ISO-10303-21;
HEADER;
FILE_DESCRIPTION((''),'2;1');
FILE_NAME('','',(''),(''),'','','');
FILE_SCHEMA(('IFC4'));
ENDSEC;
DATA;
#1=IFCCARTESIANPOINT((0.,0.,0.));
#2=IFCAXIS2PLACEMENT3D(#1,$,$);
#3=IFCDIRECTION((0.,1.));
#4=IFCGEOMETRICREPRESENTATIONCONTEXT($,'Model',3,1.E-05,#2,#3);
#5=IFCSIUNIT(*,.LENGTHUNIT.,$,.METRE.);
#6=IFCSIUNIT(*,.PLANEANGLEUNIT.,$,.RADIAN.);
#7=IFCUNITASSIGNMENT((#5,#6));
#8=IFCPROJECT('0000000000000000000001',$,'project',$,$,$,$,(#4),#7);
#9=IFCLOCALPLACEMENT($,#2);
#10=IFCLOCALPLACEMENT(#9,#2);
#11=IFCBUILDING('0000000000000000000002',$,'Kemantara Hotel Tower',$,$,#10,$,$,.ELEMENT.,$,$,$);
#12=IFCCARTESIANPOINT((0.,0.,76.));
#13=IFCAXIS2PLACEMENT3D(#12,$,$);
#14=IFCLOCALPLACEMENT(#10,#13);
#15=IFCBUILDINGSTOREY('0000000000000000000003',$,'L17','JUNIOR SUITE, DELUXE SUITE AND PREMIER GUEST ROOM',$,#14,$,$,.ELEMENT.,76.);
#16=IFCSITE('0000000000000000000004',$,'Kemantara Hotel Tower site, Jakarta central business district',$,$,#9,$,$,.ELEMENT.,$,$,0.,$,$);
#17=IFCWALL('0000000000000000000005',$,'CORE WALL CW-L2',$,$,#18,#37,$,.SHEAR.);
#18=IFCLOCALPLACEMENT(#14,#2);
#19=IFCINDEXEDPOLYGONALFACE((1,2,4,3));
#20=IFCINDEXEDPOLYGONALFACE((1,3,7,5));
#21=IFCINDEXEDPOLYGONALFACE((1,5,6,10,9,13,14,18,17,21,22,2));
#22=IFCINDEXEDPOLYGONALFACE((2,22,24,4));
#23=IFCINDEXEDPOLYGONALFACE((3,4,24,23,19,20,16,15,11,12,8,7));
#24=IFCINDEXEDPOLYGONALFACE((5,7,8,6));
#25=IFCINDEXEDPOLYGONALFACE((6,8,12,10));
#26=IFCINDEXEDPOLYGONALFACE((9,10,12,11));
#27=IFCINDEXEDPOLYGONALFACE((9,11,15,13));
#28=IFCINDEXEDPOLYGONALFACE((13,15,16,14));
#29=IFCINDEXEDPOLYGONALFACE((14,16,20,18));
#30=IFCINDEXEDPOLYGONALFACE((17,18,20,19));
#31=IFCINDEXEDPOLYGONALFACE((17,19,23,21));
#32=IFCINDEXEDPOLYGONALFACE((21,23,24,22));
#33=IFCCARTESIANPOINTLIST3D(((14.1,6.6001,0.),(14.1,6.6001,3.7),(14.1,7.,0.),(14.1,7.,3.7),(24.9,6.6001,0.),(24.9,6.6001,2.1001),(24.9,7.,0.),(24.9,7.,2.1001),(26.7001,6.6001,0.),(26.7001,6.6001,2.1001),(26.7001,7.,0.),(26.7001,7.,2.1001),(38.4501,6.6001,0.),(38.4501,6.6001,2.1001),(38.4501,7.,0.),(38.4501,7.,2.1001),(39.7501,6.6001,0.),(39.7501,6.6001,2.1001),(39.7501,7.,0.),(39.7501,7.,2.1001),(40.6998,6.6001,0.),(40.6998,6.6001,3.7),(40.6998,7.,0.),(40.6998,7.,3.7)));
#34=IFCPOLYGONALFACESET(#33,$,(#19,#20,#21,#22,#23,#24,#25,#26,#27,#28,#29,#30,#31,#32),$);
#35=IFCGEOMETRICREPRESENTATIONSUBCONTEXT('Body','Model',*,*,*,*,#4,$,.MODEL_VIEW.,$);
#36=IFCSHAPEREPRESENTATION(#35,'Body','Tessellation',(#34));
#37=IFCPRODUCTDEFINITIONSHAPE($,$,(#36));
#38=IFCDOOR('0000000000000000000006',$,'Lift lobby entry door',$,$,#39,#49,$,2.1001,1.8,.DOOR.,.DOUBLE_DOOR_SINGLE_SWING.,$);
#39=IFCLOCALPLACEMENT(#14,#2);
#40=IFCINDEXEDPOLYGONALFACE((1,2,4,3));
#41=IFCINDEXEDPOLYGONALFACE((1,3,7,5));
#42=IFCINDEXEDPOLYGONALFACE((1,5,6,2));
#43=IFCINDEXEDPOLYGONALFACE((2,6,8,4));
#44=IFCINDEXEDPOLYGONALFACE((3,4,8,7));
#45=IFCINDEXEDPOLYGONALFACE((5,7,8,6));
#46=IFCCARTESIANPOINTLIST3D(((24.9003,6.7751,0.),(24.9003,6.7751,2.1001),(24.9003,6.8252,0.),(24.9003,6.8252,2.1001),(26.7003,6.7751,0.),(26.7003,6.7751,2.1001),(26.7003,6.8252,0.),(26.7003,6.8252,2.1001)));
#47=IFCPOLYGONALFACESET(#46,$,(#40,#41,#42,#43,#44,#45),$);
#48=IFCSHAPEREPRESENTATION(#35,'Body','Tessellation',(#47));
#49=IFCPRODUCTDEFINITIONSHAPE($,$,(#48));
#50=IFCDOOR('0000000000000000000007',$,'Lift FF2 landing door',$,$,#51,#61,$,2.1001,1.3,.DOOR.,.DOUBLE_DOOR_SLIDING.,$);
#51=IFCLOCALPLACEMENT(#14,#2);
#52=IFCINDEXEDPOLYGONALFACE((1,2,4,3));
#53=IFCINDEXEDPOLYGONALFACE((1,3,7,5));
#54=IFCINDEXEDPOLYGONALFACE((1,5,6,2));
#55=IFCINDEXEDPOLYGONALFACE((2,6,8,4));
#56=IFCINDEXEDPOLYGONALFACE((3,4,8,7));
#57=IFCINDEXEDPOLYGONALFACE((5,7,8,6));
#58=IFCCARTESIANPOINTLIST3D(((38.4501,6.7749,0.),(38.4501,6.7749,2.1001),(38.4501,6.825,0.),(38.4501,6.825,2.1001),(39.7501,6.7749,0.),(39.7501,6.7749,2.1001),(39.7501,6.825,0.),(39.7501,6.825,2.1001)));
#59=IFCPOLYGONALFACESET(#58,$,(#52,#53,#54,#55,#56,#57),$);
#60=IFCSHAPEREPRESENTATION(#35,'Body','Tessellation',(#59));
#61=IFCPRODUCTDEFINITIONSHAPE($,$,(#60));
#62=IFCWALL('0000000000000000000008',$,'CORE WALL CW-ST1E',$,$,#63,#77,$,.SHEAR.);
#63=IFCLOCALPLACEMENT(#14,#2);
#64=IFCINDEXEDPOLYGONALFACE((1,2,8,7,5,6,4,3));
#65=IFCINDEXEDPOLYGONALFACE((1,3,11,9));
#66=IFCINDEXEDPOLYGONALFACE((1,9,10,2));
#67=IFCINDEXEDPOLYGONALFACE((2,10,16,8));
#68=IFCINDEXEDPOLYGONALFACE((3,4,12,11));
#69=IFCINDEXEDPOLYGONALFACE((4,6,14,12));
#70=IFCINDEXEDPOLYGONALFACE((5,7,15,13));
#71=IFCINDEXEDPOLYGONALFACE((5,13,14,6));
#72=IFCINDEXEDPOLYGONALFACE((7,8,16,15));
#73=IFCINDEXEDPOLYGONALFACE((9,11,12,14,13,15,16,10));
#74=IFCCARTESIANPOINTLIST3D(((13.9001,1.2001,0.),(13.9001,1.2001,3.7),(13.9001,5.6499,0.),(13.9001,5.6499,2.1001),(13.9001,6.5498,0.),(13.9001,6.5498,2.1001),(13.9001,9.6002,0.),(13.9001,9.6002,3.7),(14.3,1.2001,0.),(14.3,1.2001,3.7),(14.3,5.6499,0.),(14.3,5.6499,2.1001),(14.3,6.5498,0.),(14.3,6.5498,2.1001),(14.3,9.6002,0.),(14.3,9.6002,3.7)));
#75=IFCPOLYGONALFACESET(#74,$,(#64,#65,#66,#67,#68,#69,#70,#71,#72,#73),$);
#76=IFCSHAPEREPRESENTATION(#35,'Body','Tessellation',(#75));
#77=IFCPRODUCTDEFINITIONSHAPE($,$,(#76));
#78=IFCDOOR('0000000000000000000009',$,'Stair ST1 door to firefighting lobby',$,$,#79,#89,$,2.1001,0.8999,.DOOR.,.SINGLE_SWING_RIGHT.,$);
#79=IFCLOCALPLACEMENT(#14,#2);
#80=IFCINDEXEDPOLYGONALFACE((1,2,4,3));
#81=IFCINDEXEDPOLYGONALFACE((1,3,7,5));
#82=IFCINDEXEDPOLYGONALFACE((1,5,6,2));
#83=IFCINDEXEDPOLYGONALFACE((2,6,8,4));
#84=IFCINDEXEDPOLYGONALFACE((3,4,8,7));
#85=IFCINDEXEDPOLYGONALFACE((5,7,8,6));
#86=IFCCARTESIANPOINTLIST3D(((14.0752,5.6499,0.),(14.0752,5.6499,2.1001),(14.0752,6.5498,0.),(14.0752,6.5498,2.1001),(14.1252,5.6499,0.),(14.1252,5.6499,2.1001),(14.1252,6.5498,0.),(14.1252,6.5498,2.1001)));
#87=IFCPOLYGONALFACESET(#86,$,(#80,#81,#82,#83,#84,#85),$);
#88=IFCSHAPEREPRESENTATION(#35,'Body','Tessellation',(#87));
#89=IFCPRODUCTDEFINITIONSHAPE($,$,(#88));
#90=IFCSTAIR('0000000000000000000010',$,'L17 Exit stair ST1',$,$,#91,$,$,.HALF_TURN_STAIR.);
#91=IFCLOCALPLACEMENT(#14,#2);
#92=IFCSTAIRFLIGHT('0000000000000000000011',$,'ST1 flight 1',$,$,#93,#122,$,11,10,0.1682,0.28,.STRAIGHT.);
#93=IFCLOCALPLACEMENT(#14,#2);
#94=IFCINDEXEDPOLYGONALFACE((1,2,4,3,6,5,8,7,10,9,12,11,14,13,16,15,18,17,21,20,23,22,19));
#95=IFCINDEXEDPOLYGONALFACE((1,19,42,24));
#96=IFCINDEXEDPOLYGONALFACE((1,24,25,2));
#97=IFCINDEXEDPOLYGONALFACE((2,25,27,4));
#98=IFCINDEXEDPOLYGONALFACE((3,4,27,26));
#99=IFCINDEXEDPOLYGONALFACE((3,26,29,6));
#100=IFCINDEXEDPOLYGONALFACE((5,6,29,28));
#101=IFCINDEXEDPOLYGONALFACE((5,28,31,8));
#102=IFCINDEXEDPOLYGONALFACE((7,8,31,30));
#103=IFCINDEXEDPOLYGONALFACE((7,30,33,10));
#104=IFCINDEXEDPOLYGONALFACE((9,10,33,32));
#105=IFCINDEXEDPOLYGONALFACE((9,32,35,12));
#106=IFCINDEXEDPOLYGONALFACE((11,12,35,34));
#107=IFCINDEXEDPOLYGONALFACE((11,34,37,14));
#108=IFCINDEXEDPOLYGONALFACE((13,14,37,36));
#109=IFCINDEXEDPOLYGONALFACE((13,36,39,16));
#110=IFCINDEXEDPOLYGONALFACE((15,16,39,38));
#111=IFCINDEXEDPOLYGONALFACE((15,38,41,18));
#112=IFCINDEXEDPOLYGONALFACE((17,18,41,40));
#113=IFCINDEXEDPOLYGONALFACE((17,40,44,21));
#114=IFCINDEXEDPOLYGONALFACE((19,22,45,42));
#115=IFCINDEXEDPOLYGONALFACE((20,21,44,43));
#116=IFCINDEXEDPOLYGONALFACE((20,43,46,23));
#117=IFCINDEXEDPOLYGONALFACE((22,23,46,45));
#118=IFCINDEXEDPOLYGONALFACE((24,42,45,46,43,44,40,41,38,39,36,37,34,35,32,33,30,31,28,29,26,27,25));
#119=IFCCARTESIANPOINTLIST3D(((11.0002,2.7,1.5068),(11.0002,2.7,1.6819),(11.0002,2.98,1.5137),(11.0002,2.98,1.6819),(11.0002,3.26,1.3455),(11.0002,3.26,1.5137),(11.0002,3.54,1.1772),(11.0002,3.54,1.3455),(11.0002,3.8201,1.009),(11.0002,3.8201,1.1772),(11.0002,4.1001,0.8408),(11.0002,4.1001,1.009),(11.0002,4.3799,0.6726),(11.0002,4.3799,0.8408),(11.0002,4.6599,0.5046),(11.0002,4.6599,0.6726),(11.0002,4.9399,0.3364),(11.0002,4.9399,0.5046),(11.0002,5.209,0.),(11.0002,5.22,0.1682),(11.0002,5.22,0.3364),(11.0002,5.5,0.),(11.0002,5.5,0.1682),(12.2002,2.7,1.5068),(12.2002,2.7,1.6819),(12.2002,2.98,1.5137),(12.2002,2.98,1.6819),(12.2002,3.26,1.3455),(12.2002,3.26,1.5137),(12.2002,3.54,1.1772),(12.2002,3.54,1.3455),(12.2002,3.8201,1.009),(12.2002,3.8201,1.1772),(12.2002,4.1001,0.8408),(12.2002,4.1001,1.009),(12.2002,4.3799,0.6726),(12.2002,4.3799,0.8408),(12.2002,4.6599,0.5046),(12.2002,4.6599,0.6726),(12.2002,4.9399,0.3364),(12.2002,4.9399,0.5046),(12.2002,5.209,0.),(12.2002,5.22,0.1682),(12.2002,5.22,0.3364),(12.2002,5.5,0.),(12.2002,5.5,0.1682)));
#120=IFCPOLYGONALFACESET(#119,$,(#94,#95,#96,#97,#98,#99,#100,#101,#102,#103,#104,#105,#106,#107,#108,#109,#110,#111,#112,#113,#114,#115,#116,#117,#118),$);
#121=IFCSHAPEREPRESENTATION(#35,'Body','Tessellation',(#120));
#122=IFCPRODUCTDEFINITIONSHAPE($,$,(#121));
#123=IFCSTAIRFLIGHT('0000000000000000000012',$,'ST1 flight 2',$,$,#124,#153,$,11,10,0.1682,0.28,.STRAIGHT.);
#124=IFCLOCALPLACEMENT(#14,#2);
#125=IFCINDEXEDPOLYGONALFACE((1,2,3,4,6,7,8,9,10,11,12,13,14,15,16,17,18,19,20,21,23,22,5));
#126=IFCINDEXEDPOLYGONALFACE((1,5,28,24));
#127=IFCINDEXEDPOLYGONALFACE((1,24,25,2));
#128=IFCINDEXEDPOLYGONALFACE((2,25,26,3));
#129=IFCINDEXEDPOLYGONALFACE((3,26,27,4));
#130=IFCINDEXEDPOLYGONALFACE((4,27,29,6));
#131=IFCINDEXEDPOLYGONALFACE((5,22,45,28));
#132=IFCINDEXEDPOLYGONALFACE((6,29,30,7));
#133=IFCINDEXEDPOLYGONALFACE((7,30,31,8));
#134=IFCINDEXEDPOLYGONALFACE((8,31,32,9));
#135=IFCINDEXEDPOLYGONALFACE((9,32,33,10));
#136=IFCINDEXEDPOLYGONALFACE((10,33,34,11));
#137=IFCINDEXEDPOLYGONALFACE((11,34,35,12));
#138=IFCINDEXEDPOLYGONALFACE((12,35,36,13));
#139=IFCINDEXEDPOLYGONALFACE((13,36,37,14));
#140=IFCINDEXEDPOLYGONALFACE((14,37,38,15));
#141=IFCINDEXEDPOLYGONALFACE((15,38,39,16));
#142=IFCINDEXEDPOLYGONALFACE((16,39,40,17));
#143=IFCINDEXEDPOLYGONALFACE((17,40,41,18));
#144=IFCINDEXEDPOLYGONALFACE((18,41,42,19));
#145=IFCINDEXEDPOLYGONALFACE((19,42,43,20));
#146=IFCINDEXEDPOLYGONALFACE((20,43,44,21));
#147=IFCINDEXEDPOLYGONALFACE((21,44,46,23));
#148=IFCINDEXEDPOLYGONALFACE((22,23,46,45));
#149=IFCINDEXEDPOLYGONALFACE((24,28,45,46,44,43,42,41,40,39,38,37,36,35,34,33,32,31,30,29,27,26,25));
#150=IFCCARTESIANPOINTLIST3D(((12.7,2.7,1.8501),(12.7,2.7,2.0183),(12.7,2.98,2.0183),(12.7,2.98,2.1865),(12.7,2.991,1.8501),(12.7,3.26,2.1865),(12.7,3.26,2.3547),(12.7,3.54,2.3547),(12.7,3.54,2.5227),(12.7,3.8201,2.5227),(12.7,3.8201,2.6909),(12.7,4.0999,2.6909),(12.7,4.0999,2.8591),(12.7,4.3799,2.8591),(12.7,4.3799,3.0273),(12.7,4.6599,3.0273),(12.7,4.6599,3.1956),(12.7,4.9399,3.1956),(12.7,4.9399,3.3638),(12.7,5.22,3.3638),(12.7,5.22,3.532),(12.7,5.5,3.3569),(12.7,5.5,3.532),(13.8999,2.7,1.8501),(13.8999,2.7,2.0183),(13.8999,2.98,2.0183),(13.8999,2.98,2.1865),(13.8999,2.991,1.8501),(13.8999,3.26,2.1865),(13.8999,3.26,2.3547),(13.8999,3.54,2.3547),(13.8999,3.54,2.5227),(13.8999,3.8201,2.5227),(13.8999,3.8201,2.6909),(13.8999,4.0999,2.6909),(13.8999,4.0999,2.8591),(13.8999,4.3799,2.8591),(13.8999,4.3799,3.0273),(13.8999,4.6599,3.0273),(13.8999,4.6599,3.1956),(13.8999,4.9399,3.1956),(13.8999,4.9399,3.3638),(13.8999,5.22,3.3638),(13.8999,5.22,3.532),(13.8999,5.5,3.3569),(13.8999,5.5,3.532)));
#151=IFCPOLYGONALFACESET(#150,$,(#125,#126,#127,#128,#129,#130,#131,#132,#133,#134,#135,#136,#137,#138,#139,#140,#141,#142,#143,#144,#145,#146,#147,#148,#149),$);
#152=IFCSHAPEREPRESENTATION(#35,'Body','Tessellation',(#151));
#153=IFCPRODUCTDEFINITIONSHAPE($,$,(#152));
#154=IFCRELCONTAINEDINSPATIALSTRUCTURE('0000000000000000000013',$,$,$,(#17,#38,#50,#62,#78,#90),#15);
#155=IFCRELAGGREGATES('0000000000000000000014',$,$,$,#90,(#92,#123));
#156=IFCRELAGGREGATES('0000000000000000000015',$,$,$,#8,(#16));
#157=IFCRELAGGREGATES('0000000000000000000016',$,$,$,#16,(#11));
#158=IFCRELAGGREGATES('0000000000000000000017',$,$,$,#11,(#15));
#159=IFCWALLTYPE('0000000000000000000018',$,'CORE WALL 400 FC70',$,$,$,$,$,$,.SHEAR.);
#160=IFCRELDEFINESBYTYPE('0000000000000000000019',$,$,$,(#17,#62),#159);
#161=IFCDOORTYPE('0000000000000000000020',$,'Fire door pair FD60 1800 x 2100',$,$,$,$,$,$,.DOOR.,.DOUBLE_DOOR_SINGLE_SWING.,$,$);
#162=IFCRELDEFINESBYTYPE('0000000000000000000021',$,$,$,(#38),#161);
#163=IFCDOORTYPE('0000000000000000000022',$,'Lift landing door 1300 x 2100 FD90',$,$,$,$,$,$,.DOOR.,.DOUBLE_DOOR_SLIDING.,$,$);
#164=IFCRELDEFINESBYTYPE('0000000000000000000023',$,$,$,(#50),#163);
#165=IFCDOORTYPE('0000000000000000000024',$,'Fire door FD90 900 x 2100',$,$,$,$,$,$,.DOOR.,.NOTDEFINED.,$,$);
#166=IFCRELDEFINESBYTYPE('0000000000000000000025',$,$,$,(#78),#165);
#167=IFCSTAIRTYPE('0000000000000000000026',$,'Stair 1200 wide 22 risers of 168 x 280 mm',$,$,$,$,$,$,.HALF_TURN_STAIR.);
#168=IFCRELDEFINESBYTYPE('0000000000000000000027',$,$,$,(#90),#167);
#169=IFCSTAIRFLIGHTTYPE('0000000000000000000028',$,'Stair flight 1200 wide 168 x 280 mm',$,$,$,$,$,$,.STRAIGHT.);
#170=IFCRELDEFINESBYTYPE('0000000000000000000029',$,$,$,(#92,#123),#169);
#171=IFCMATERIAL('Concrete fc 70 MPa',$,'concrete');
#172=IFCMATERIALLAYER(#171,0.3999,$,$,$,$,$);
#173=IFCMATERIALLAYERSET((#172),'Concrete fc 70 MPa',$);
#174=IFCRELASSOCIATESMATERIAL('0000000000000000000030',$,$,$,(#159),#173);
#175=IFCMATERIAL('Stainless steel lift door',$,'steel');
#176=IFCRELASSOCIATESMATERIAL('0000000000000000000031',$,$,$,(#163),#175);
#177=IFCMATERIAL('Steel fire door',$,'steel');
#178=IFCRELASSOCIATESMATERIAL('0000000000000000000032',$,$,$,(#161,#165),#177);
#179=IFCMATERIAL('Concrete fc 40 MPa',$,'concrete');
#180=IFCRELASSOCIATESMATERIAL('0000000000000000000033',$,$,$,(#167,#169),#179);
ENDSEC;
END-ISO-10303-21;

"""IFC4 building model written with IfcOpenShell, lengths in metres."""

from ifc_helpers import new_model, si_unit, direction, frame, frame_2d, origin, place, context, subcontext, project, spatial, polyline, rectangle, outline, extrude, material, layer, layer_set, type_object, element, fill, aggregate, save


model = new_model("IFC4")

# Units and contexts
model_context = context("Model", 3, precision=1e-05, world=origin(), true_north=direction((0.0, 1.0)))
body_context = subcontext(model_context, "Body", "Model", "MODEL_VIEW")
ifc_project = project(units=[si_unit("LENGTHUNIT", "METRE"), si_unit("PLANEANGLEUNIT", "RADIAN")], contexts=[model_context])

# Site, building, storey
site_placement = place(None, origin())
site = spatial("IfcSite", under=ifc_project, at=site_placement, Name="Kemantara Hotel Tower site, Jakarta central business district", CompositionType="ELEMENT", RefElevation=0.0)
building_placement = place(site_placement, origin())
building = spatial("IfcBuilding", under=site, at=building_placement, Name="Kemantara Hotel Tower", CompositionType="ELEMENT")
storey_placement = place(building_placement, frame((0.0, 0.0, 76.0)))
storey = spatial("IfcBuildingStorey", under=building, at=storey_placement, Name="L17", Description="JUNIOR SUITE, DELUXE SUITE AND PREMIER GUEST ROOM", CompositionType="ELEMENT", Elevation=76.0)

# Shared definitions
ifc_material_1 = material(Name="Concrete fc 70 MPa", Category="concrete")

# Wall, openings, doors
ifc_layer_1 = layer(ifc_material_1, 0.3999)
ifc_layer_set_1 = layer_set([ifc_layer_1], Name="Concrete fc 70 MPa")
wall_type_1 = type_object("IfcWallType", Name="CORE WALL 400 FC70", PredefinedType="SHEAR", material=ifc_layer_set_1)
ifc_material_2 = material(Name="Steel fire door", Category="steel")
ifc_material_3 = material(Name="Stainless steel lift door", Category="steel")
door_type_1 = type_object("IfcDoorType", Name="Lift landing door 1300 x 2100 FD90", OperationType="DOUBLE_DOOR_SLIDING", PredefinedType="DOOR", material=ifc_material_3)
wall_1_placement = place(storey_placement, frame((14.1001, 6.8, 0.0), z_axis=(0.0, 0.0, 1.0), x_axis=(1.0, 0.0, 0.0)))
wall_1 = element("IfcWall", 1, at=wall_1_placement, inside=storey, type_object=wall_type_1, Name="CORE WALL CW-L2", PredefinedType="SHEAR", context=body_context, shape_type="SweptSolid", body=[
    extrude(rectangle(XDim=26.5999, YDim=0.3999, at=frame_2d((13.2998, 0.0))), origin(), (0.0, 0.0, 1.0), 3.7),
])
opening_1_placement = place(wall_1_placement, frame((10.8, 0.0, 0.0)))
opening_1 = element("IfcOpeningElement", 2, at=opening_1_placement, cuts=wall_1, PredefinedType="OPENING", context=body_context, shape_type="SweptSolid", body=[
    extrude(rectangle(XDim=1.8, YDim=2.1001, at=frame_2d((0.8999, 1.05))), frame((0.0, 0.21, 0.0), z_axis=(0.0, -1.0, 0.0), x_axis=(1.0, 0.0, 0.0)), (0.0, 0.0, 1.0), 0.4199),
])
opening_2_placement = place(wall_1_placement, frame((24.3501, 0.0, 0.0)))
opening_2 = element("IfcOpeningElement", 3, at=opening_2_placement, cuts=wall_1, PredefinedType="OPENING", context=body_context, shape_type="SweptSolid", body=[
    extrude(rectangle(XDim=1.3, YDim=2.1001, at=frame_2d((0.6499, 1.05))), frame((0.0, 0.21, 0.0), z_axis=(0.0, -1.0, 0.0), x_axis=(1.0, 0.0, 0.0)), (0.0, 0.0, 1.0), 0.4199),
])
door_type_2 = type_object("IfcDoorType", Name="Fire door pair FD60 1800 x 2100", OperationType="DOUBLE_DOOR_SINGLE_SWING", PredefinedType="DOOR", material=ifc_material_2)
door_1_placement = place(opening_1_placement, frame((1.8, 0.0, 0.0), z_axis=(0.0, 0.0, 1.0), x_axis=(-1.0, 0.0, 0.0)))
door_1 = element("IfcDoor", 4, at=door_1_placement, inside=storey, type_object=door_type_2, Name="Lift lobby entry door", OperationType="DOUBLE_DOOR_SINGLE_SWING", OverallHeight=2.1001, OverallWidth=1.8, PredefinedType="DOOR", context=body_context, shape_type="SweptSolid", body=[
    extrude(rectangle(XDim=1.8, YDim=2.1001, at=frame_2d((0.8999, 1.05))), frame((0.0, 0.0249, 0.0), z_axis=(0.0, -1.0, 0.0), x_axis=(1.0, 0.0, 0.0)), (0.0, 0.0, 1.0), 0.05),
])
fill(opening_1, door_1)
door_2_placement = place(opening_2_placement, origin())
door_2 = element("IfcDoor", 5, at=door_2_placement, inside=storey, type_object=door_type_1, Name="Lift FF2 landing door", OperationType="DOUBLE_DOOR_SLIDING", OverallHeight=2.1001, OverallWidth=1.3, PredefinedType="DOOR", context=body_context, shape_type="SweptSolid", body=[
    extrude(rectangle(XDim=1.3, YDim=2.1001, at=frame_2d((0.6499, 1.05))), frame((0.0, 0.0249, 0.0), z_axis=(0.0, -1.0, 0.0), x_axis=(1.0, 0.0, 0.0)), (0.0, 0.0, 1.0), 0.05),
])
fill(opening_2, door_2)

# Wall, opening, door
wall_2_placement = place(storey_placement, frame((14.1001, 1.2, 0.0), z_axis=(0.0, 0.0, 1.0), x_axis=(0.0, 1.0, 0.0)))
wall_2 = element("IfcWall", 6, at=wall_2_placement, inside=storey, type_object=wall_type_1, Name="CORE WALL CW-ST1E", PredefinedType="SHEAR", context=body_context, shape_type="SweptSolid", body=[
    extrude(rectangle(XDim=8.4001, YDim=0.3999, at=frame_2d((4.2002, 0.0))), origin(), (0.0, 0.0, 1.0), 3.7),
])
opening_3_placement = place(wall_2_placement, frame((4.45, 0.0, 0.0)))
opening_3 = element("IfcOpeningElement", 7, at=opening_3_placement, cuts=wall_2, PredefinedType="OPENING", context=body_context, shape_type="SweptSolid", body=[
    extrude(rectangle(XDim=0.8999, YDim=2.1001, at=frame_2d((0.45, 1.05))), frame((0.0, 0.21, 0.0), z_axis=(0.0, -1.0, 0.0), x_axis=(1.0, 0.0, 0.0)), (0.0, 0.0, 1.0), 0.4199),
])
door_type_3 = type_object("IfcDoorType", Name="Fire door FD90 900 x 2100", OperationType="NOTDEFINED", PredefinedType="DOOR", material=ifc_material_2)
door_3_placement = place(opening_3_placement, origin())
door_3 = element("IfcDoor", 8, at=door_3_placement, inside=storey, type_object=door_type_3, Name="Stair ST1 door to firefighting lobby", OperationType="SINGLE_SWING_RIGHT", OverallHeight=2.1001, OverallWidth=0.8999, PredefinedType="DOOR", context=body_context, shape_type="SweptSolid", body=[
    extrude(rectangle(XDim=0.8999, YDim=2.1001, at=frame_2d((0.45, 1.05))), frame((0.0, 0.0249, 0.0), z_axis=(0.0, -1.0, 0.0), x_axis=(1.0, 0.0, 0.0)), (0.0, 0.0, 1.0), 0.05),
])
fill(opening_3, door_3)

# Stair, stair flights
ifc_material_4 = material(Name="Concrete fc 40 MPa", Category="concrete")
stair_type = type_object("IfcStairType", Name="Stair 1200 wide 22 risers of 168 x 280 mm", PredefinedType="HALF_TURN_STAIR", material=ifc_material_4)
stair_placement = place(storey_placement, origin())
stair = element("IfcStair", 9, at=stair_placement, inside=storey, type_object=stair_type, Name="L17 Exit stair ST1", PredefinedType="HALF_TURN_STAIR")
stair_flight_type = type_object("IfcStairFlightType", Name="Stair flight 1200 wide 168 x 280 mm", PredefinedType="STRAIGHT", material=ifc_material_4)
stair_flight_1_placement = place(storey_placement, frame((11.6001, 5.5, 0.0), z_axis=(0.0, 0.0, 1.0), x_axis=(0.0, -1.0, 0.0)))
stair_flight_1 = element("IfcStairFlight", 10, at=stair_flight_1_placement, type_object=stair_flight_type, Name="ST1 flight 1", NumberOfRisers=11, NumberOfTreads=10, PredefinedType="STRAIGHT", RiserHeight=0.1682, TreadLength=0.28, context=body_context, shape_type="SweptSolid", body=[
    extrude(outline(polyline([(0.0, 0.0), (0.0, 0.1682), (0.28, 0.1682), (0.28, 0.3364), (0.5601, 0.3364), (0.5601, 0.5046), (0.8401, 0.5046), (0.8401, 0.6726), (1.1201, 0.6726), (1.1201, 0.8408), (1.3999, 0.8408), (1.3999, 1.009), (1.6799, 1.009), (1.6799, 1.1772), (1.96, 1.1772), (1.96, 1.3455), (2.24, 1.3455), (2.24, 1.5137), (2.52, 1.5137), (2.52, 1.6819), (2.8, 1.6819), (2.8, 1.8501), (2.8, 1.5068), (0.291, 0.0), (0.0, 0.0)])), frame((0.0, 0.6001, 0.0), z_axis=(0.0, -1.0, 0.0), x_axis=(1.0, 0.0, 0.0)), (0.0, 0.0, 1.0), 1.2),
])
stair_flight_2_placement = place(storey_placement, frame((13.3, 2.7, 1.8501), z_axis=(0.0, 0.0, 1.0), x_axis=(0.0, 1.0, 0.0)))
stair_flight_2 = element("IfcStairFlight", 11, at=stair_flight_2_placement, type_object=stair_flight_type, Name="ST1 flight 2", NumberOfRisers=11, NumberOfTreads=10, PredefinedType="STRAIGHT", RiserHeight=0.1682, TreadLength=0.28, context=body_context, shape_type="SweptSolid", body=[
    extrude(outline(polyline([(0.0, 0.0), (0.0, 0.1682), (0.28, 0.1682), (0.28, 0.3364), (0.5601, 0.3364), (0.5601, 0.5046), (0.8401, 0.5046), (0.8401, 0.6726), (1.1201, 0.6726), (1.1201, 0.8408), (1.3999, 0.8408), (1.3999, 1.009), (1.6799, 1.009), (1.6799, 1.1772), (1.96, 1.1772), (1.96, 1.3455), (2.24, 1.3455), (2.24, 1.5137), (2.52, 1.5137), (2.52, 1.6819), (2.8, 1.6819), (2.8, 1.8501), (2.8, 1.5068), (0.291, 0.0), (0.0, 0.0)])), frame((0.0, 0.6001, 0.0), z_axis=(0.0, -1.0, 0.0), x_axis=(1.0, 0.0, 0.0)), (0.0, 0.0, 1.0), 1.2),
])
aggregate(stair, [stair_flight_1, stair_flight_2])

save(model, "model.ifc")
